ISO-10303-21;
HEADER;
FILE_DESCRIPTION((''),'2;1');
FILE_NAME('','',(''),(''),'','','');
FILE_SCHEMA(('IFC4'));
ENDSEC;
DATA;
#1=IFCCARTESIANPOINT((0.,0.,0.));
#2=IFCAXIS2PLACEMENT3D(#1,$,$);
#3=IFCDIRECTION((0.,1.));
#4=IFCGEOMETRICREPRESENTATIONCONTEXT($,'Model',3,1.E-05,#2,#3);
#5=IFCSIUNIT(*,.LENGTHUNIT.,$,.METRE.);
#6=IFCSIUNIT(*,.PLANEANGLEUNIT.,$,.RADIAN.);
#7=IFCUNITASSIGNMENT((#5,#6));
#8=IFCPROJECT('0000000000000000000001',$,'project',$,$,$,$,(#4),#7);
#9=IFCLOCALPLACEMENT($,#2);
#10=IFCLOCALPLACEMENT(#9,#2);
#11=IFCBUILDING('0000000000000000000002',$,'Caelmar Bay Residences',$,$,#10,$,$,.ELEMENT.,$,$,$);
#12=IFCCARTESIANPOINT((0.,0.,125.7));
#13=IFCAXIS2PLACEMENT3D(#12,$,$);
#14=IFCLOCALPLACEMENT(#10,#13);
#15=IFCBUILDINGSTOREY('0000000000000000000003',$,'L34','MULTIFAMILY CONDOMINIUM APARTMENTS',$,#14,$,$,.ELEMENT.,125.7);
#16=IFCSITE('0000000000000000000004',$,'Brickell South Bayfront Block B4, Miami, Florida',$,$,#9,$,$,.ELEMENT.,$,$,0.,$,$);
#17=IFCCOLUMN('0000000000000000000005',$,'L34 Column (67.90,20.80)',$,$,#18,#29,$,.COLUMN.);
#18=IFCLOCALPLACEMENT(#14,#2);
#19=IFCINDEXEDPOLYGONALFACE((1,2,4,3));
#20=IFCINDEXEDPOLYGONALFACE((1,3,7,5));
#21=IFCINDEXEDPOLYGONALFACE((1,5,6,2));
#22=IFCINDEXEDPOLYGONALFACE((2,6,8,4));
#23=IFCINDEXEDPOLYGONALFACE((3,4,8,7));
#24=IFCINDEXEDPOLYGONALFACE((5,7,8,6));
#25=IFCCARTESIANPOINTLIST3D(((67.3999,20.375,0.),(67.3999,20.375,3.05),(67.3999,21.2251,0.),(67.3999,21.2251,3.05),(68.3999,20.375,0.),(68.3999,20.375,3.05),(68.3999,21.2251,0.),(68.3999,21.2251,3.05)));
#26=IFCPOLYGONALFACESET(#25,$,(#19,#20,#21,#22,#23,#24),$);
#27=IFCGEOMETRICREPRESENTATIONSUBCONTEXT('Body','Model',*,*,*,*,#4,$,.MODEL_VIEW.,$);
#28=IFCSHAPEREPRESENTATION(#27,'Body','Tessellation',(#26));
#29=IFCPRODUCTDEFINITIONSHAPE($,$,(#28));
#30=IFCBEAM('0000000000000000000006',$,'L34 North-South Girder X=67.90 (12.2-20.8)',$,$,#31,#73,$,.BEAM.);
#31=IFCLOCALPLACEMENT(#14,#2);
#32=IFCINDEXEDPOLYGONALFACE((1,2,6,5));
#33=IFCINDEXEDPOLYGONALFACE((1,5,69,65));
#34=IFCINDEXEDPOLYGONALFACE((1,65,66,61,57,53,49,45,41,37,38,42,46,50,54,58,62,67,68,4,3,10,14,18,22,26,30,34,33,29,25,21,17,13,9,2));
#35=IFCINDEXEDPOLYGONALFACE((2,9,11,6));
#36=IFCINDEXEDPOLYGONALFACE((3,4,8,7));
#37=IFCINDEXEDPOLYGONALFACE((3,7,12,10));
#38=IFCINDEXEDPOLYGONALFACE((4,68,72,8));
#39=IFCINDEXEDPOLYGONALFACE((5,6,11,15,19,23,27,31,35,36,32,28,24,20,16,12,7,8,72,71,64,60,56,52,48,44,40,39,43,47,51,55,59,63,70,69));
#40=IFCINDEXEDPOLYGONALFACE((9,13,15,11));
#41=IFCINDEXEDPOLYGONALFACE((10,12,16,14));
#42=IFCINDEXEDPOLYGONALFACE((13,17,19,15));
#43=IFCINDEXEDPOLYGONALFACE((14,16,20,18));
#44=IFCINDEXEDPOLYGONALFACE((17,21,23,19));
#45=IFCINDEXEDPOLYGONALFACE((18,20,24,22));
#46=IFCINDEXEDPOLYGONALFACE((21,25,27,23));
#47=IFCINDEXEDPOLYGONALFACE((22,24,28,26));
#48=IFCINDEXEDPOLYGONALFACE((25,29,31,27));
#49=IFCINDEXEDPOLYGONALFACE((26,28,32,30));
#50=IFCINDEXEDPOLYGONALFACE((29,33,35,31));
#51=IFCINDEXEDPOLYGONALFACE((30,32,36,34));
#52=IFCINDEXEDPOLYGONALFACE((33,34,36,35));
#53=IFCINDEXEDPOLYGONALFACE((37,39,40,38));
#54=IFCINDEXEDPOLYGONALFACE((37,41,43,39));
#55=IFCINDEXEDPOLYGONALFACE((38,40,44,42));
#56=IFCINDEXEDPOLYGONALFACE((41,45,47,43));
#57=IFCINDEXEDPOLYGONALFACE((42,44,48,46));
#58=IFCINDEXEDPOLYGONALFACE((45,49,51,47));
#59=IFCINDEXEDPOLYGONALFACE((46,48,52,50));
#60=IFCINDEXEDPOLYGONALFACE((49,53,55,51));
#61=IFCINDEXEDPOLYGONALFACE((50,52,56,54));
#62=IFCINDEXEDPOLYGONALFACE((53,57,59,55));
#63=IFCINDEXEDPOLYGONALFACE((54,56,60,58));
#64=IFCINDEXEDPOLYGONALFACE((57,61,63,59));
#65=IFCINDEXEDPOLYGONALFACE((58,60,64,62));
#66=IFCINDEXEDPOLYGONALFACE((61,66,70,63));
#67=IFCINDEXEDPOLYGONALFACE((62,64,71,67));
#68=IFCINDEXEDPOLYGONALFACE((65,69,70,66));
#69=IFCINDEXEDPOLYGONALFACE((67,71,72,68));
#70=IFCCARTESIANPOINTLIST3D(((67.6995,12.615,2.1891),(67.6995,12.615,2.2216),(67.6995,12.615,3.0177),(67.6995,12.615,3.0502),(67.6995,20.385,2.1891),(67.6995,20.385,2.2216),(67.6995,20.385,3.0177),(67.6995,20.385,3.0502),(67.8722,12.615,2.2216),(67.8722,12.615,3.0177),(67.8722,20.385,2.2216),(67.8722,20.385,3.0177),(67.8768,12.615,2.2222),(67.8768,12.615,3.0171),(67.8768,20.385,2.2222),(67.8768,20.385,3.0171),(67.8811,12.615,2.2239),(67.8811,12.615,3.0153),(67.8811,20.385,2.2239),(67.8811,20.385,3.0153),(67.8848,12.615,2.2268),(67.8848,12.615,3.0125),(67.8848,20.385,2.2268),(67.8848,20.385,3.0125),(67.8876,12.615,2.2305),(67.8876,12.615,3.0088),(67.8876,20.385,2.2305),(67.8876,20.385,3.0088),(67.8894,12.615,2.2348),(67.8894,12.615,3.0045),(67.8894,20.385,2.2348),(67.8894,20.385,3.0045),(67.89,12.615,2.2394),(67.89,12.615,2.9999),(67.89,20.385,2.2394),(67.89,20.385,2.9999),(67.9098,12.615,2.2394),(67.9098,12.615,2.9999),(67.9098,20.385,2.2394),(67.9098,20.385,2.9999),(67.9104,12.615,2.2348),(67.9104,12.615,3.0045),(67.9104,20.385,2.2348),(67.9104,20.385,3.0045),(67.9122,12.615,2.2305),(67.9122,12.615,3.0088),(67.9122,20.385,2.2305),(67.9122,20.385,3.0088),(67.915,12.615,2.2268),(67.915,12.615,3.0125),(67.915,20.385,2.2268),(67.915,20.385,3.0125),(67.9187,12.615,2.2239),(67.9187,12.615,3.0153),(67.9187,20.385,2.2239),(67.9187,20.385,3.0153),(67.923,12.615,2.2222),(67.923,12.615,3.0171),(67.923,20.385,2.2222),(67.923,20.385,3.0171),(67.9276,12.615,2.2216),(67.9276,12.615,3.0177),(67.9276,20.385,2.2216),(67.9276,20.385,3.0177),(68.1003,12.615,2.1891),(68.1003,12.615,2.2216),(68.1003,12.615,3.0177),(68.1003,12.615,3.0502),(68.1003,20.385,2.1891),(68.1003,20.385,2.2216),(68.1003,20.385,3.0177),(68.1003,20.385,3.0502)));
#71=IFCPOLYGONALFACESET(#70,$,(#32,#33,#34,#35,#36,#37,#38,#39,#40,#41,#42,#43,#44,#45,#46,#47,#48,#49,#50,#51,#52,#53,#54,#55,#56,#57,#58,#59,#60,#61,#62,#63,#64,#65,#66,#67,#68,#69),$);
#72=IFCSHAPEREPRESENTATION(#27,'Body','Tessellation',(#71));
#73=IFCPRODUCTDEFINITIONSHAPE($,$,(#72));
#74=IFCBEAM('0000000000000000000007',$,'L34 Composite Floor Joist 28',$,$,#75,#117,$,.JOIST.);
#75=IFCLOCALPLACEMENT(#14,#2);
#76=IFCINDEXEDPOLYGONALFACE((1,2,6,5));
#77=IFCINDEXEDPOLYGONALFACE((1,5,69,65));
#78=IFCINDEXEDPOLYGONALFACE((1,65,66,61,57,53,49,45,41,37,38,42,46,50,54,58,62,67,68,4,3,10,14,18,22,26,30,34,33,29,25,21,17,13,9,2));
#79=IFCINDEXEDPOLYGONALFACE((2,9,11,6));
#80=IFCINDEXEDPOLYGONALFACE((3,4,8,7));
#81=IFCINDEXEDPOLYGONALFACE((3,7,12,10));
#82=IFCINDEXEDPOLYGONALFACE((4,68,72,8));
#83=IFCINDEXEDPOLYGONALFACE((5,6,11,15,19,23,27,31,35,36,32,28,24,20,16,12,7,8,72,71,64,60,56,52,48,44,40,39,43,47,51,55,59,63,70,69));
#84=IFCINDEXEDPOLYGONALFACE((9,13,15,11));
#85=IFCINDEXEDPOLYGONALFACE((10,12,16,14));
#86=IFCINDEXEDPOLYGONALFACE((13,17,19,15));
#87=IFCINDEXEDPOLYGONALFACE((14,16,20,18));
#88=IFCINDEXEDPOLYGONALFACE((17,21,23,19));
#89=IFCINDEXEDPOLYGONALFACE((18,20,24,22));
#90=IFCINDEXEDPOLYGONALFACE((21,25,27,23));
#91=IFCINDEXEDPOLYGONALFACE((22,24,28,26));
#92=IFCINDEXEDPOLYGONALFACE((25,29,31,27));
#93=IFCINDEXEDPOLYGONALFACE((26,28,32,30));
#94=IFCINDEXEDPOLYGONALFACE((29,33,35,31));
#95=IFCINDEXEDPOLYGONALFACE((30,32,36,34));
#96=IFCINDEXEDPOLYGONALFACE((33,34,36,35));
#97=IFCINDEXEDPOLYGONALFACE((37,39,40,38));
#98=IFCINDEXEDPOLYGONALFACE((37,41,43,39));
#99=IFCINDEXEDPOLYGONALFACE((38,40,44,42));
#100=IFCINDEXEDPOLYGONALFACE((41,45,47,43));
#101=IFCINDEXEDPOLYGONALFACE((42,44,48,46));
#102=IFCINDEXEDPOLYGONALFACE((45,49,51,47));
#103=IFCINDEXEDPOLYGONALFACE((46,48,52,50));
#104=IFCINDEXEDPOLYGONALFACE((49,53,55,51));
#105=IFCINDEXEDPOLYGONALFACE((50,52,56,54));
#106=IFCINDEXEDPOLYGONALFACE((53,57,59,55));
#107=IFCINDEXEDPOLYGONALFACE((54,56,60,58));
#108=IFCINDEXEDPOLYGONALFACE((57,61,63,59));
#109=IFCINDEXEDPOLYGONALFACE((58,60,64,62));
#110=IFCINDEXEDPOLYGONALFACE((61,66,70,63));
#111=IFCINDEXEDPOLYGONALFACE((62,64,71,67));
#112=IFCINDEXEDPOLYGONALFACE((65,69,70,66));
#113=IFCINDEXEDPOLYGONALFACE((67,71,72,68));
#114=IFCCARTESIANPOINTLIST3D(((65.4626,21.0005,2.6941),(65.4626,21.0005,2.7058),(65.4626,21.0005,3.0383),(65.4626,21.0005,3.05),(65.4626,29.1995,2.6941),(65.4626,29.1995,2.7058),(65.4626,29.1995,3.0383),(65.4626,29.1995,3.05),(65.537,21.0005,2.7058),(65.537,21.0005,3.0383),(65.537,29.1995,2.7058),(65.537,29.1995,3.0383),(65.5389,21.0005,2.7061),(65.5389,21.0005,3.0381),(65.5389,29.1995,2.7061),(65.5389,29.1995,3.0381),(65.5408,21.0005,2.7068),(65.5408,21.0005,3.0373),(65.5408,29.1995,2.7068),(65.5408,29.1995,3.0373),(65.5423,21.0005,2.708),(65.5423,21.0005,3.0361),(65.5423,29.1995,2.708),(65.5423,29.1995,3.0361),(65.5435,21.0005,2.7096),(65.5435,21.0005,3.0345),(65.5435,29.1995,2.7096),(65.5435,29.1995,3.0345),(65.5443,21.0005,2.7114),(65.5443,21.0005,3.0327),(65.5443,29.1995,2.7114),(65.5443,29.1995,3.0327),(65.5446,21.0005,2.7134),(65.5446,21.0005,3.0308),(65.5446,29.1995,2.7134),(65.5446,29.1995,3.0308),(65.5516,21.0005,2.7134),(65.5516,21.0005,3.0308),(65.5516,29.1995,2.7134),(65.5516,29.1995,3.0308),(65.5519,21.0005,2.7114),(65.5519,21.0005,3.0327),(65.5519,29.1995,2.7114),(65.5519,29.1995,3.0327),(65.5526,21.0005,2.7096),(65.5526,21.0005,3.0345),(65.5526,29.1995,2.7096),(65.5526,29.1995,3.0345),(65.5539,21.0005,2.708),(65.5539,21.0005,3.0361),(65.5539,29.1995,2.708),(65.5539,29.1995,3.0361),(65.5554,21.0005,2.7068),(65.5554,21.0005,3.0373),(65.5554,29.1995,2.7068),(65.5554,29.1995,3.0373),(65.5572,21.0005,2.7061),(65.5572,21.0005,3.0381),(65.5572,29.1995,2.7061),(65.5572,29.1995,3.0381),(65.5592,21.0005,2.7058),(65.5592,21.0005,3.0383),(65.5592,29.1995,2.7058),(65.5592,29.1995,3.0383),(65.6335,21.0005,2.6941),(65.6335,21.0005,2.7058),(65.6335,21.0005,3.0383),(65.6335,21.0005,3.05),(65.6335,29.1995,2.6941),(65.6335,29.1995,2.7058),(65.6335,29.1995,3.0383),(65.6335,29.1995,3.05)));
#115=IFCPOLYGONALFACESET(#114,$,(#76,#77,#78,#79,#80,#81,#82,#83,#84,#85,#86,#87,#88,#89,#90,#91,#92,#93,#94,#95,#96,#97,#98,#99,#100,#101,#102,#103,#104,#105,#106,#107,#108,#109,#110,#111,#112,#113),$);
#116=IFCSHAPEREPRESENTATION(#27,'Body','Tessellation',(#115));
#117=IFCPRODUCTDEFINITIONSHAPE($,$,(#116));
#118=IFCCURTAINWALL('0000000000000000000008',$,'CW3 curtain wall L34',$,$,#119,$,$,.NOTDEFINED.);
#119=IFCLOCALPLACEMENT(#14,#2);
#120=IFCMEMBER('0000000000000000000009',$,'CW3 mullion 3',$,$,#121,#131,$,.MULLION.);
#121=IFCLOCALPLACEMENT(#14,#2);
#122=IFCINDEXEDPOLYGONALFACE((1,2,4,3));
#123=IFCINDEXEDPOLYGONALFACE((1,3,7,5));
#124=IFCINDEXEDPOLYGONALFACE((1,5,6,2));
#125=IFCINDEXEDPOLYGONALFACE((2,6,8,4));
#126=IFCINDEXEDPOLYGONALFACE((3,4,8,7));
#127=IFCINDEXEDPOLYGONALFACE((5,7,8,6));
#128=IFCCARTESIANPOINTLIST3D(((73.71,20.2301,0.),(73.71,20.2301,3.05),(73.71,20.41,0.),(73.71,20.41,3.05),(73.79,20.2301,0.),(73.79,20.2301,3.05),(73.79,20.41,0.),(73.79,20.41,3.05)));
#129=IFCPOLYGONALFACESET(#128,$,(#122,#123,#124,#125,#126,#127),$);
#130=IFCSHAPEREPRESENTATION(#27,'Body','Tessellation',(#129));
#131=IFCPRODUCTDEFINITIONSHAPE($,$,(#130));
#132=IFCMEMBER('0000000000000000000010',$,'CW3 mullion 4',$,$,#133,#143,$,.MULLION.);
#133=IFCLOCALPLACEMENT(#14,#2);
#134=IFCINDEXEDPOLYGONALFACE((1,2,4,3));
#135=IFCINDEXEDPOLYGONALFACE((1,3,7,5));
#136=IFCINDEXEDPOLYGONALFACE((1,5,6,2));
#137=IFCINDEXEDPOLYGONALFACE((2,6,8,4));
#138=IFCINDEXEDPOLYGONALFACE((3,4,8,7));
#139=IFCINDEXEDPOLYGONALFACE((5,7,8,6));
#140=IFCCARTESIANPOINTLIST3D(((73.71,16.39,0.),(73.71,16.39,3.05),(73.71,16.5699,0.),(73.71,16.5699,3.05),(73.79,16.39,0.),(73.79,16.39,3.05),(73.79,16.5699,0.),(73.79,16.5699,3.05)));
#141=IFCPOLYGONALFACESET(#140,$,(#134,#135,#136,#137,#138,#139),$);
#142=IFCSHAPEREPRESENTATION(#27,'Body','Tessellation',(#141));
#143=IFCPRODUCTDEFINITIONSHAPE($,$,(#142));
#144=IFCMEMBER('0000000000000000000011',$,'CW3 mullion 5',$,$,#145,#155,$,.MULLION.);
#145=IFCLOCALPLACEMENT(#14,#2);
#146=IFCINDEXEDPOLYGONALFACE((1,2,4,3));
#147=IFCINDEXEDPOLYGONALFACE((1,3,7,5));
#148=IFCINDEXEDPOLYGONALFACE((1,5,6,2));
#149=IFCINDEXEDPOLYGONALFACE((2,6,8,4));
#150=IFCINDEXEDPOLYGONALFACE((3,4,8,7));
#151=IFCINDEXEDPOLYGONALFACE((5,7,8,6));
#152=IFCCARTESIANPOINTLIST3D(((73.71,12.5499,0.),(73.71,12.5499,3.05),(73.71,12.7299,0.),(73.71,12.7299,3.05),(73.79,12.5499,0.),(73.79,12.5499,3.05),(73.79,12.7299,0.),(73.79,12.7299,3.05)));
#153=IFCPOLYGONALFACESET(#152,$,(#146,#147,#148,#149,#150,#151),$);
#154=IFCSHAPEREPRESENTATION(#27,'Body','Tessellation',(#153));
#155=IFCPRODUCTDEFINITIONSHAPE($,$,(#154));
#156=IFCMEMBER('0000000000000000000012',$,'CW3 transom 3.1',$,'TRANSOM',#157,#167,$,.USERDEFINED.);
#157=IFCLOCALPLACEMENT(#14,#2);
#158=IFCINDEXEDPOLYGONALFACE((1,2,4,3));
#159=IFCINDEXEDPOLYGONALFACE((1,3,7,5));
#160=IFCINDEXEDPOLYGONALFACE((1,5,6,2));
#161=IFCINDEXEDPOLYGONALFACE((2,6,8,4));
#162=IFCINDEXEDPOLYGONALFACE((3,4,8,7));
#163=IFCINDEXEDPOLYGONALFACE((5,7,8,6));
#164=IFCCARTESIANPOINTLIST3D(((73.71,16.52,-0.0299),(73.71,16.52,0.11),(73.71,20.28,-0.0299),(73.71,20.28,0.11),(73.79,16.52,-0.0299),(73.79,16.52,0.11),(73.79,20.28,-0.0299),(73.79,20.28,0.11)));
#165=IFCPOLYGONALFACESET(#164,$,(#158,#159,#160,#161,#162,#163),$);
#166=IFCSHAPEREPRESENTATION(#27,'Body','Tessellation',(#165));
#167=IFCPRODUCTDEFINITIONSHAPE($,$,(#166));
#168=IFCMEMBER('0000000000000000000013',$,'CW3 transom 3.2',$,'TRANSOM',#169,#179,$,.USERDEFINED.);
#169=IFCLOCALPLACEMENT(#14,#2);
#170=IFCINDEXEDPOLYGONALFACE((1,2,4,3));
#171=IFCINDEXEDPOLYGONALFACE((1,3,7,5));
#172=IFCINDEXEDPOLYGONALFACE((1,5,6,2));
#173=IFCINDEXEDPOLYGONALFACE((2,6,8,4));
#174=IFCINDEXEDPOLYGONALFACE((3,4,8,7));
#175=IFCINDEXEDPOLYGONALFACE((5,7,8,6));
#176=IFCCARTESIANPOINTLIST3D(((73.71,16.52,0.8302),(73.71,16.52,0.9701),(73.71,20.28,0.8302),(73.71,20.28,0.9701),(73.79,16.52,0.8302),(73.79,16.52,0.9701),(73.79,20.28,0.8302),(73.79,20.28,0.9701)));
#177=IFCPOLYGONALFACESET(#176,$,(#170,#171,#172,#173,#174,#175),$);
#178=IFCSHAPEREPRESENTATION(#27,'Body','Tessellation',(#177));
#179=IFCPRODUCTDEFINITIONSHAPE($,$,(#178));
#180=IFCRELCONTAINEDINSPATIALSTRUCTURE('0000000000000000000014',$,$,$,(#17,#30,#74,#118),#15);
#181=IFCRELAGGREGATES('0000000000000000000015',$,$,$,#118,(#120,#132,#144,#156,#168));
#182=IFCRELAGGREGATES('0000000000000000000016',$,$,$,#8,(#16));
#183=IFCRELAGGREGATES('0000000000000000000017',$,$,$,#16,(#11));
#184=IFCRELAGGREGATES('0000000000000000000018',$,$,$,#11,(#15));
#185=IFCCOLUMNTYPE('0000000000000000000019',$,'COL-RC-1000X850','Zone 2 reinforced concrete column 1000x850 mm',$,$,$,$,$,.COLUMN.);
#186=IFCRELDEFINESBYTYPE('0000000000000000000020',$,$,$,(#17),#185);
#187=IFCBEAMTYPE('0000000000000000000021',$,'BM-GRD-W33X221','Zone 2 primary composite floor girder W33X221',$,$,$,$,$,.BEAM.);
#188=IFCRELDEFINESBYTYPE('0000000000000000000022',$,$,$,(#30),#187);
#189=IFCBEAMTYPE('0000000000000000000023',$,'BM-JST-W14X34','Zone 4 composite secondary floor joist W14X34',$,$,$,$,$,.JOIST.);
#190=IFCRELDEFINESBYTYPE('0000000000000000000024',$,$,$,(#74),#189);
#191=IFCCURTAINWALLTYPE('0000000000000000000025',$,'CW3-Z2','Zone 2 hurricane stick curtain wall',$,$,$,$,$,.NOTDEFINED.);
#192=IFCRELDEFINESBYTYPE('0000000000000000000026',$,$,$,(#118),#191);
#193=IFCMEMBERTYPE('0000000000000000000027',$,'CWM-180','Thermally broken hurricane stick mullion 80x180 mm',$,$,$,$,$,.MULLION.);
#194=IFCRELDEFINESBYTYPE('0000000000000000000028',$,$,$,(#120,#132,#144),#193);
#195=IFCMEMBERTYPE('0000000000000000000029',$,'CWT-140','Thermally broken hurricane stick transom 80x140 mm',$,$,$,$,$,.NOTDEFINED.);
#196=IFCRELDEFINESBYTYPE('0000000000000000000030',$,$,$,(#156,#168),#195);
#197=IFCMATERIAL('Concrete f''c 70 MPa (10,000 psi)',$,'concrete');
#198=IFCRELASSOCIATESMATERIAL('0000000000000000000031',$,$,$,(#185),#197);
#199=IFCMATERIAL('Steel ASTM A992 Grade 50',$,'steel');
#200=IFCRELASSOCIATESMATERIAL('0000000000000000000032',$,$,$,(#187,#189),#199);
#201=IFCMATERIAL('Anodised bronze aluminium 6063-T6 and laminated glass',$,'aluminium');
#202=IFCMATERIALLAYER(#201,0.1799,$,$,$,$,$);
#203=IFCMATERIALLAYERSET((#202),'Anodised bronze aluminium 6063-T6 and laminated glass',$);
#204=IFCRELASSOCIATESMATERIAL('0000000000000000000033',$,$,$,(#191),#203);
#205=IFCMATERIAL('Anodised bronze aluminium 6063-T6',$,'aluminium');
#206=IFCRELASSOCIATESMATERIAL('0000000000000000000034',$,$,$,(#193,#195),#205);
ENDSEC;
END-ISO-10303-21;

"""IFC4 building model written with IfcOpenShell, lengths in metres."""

from ifc_helpers import new_model, si_unit, direction, frame, origin, origin_2d, place, context, subcontext, project, spatial, rectangle, i_section, extrude, material, layer, layer_set, material_profile, profile_set, type_object, element, aggregate, save


model = new_model("IFC4")

# Units and contexts
model_context = context("Model", 3, precision=1e-05, world=origin(), true_north=direction((0.0, 1.0)))
body_context = subcontext(model_context, "Body", "Model", "MODEL_VIEW")
ifc_project = project(units=[si_unit("LENGTHUNIT", "METRE"), si_unit("PLANEANGLEUNIT", "RADIAN")], contexts=[model_context])

# Site, building, storey
site_placement = place(None, origin())
site = spatial("IfcSite", under=ifc_project, at=site_placement, Name="Brickell South Bayfront Block B4, Miami, Florida", CompositionType="ELEMENT", RefElevation=0.0)
building_placement = place(site_placement, origin())
building = spatial("IfcBuilding", under=site, at=building_placement, Name="Caelmar Bay Residences", CompositionType="ELEMENT")
storey_placement = place(building_placement, frame((0.0, 0.0, 125.7)))
storey = spatial("IfcBuildingStorey", under=building, at=storey_placement, Name="L34", Description="MULTIFAMILY CONDOMINIUM APARTMENTS", CompositionType="ELEMENT", Elevation=125.7)

# Column
ifc_material_1 = material(Name="Concrete f'c 70 MPa (10,000 psi)", Category="concrete")
ifc_material_profile_1 = material_profile(ifc_material_1, rectangle(XDim=1.0, YDim=0.8501, at=origin_2d()), Name="RC-COL-1000X850")
ifc_profile_set_1 = profile_set([ifc_material_profile_1], Name="Concrete f'c 70 MPa (10,000 psi)")
column_type = type_object("IfcColumnType", Name="COL-RC-1000X850", Description="Zone 2 reinforced concrete column 1000x850 mm", PredefinedType="COLUMN", material=ifc_profile_set_1)
column_placement = place(storey_placement, frame((67.8999, 20.8, 0.0), z_axis=(0.0, 0.0, 1.0), x_axis=(1.0, 0.0, 0.0)))
element("IfcColumn", 1, at=column_placement, inside=storey, type_object=column_type, Name="L34 Column (67.90,20.80)", PredefinedType="COLUMN", context=body_context, shape_type="SweptSolid", body=[
    extrude(rectangle(XDim=1.0, YDim=0.8501, at=origin_2d()), origin(), (0.0, 0.0, 1.0), 3.05),
])

# Beams
ifc_material_2 = material(Name="Steel ASTM A992 Grade 50", Category="steel")
ifc_material_profile_2 = material_profile(ifc_material_2, i_section(OverallWidth=0.4009, OverallDepth=0.8611, WebThickness=0.0198, FlangeThickness=0.0325, FilletRadius=0.0178, at=origin_2d()), Name="W33X221")
ifc_profile_set_2 = profile_set([ifc_material_profile_2], Name="Steel ASTM A992 Grade 50")
beam_type_1 = type_object("IfcBeamType", Name="BM-GRD-W33X221", Description="Zone 2 primary composite floor girder W33X221", PredefinedType="BEAM", material=ifc_profile_set_2)
beam_1_placement = place(storey_placement, frame((67.8999, 12.615, 2.6196), z_axis=(0.0, 1.0, 0.0), x_axis=(-1.0, 0.0, 0.0)))
element("IfcBeam", 2, at=beam_1_placement, inside=storey, type_object=beam_type_1, Name="L34 North-South Girder X=67.90 (12.2-20.8)", PredefinedType="BEAM", context=body_context, shape_type="SweptSolid", body=[
    extrude(i_section(OverallWidth=0.4009, OverallDepth=0.8611, WebThickness=0.0198, FlangeThickness=0.0325, FilletRadius=0.0178, at=origin_2d()), origin(), (0.0, 0.0, 1.0), 7.77),
])
ifc_material_profile_3 = material_profile(ifc_material_2, i_section(OverallWidth=0.1709, OverallDepth=0.356, WebThickness=0.0071, FlangeThickness=0.0117, FilletRadius=0.0076, at=origin_2d()), Name="W14X34")
ifc_profile_set_3 = profile_set([ifc_material_profile_3], Name="Steel ASTM A992 Grade 50")
beam_type_2 = type_object("IfcBeamType", Name="BM-JST-W14X34", Description="Zone 4 composite secondary floor joist W14X34", PredefinedType="JOIST", material=ifc_profile_set_3)
beam_2_placement = place(storey_placement, frame((65.5481, 21.0005, 2.8721), z_axis=(0.0, 1.0, 0.0), x_axis=(-1.0, 0.0, 0.0)))
element("IfcBeam", 3, at=beam_2_placement, inside=storey, type_object=beam_type_2, Name="L34 Composite Floor Joist 28", PredefinedType="JOIST", context=body_context, shape_type="SweptSolid", body=[
    extrude(i_section(OverallWidth=0.1709, OverallDepth=0.356, WebThickness=0.0071, FlangeThickness=0.0117, FilletRadius=0.0076, at=origin_2d()), origin(), (0.0, 0.0, 1.0), 8.199),
])

# Curtain wall, members
ifc_material_3 = material(Name="Anodised bronze aluminium 6063-T6 and laminated glass", Category="aluminium")
ifc_layer_1 = layer(ifc_material_3, 0.1799)
ifc_layer_set_1 = layer_set([ifc_layer_1], Name="Anodised bronze aluminium 6063-T6 and laminated glass")
curtain_wall_type = type_object("IfcCurtainWallType", Name="CW3-Z2", Description="Zone 2 hurricane stick curtain wall", PredefinedType="NOTDEFINED", material=ifc_layer_set_1)
curtain_wall_placement = place(storey_placement, origin())
curtain_wall = element("IfcCurtainWall", 4, at=curtain_wall_placement, inside=storey, type_object=curtain_wall_type, Name="CW3 curtain wall L34", PredefinedType="NOTDEFINED")
ifc_material_4 = material(Name="Anodised bronze aluminium 6063-T6", Category="aluminium")
ifc_material_profile_4 = material_profile(ifc_material_4, rectangle(XDim=0.0801, YDim=0.1799, at=origin_2d()), Name="CWM-80X180")
ifc_profile_set_4 = profile_set([ifc_material_profile_4], Name="Anodised bronze aluminium 6063-T6")
member_type_1 = type_object("IfcMemberType", Name="CWM-180", Description="Thermally broken hurricane stick mullion 80x180 mm", PredefinedType="MULLION", material=ifc_profile_set_4)
member_1_placement = place(storey_placement, frame((73.75, 20.3201, 0.0), z_axis=(0.0, 0.0, 1.0), x_axis=(1.0, 0.0, 0.0)))
member_1 = element("IfcMember", 5, at=member_1_placement, type_object=member_type_1, Name="CW3 mullion 3", PredefinedType="MULLION", context=body_context, shape_type="SweptSolid", body=[
    extrude(rectangle(XDim=0.0801, YDim=0.1799, at=origin_2d()), origin(), (0.0, 0.0, 1.0), 3.05),
])
member_2_placement = place(storey_placement, frame((73.75, 16.48, 0.0), z_axis=(0.0, 0.0, 1.0), x_axis=(1.0, 0.0, 0.0)))
member_2 = element("IfcMember", 6, at=member_2_placement, type_object=member_type_1, Name="CW3 mullion 4", PredefinedType="MULLION", context=body_context, shape_type="SweptSolid", body=[
    extrude(rectangle(XDim=0.0801, YDim=0.1799, at=origin_2d()), origin(), (0.0, 0.0, 1.0), 3.05),
])
member_3_placement = place(storey_placement, frame((73.75, 12.6399, 0.0), z_axis=(0.0, 0.0, 1.0), x_axis=(1.0, 0.0, 0.0)))
member_3 = element("IfcMember", 7, at=member_3_placement, type_object=member_type_1, Name="CW3 mullion 5", PredefinedType="MULLION", context=body_context, shape_type="SweptSolid", body=[
    extrude(rectangle(XDim=0.0801, YDim=0.1799, at=origin_2d()), origin(), (0.0, 0.0, 1.0), 3.05),
])
ifc_material_profile_5 = material_profile(ifc_material_4, rectangle(XDim=0.0801, YDim=0.1399, at=origin_2d()), Name="CWT-80X140")
ifc_profile_set_5 = profile_set([ifc_material_profile_5], Name="Anodised bronze aluminium 6063-T6")
member_type_2 = type_object("IfcMemberType", Name="CWT-140", Description="Thermally broken hurricane stick transom 80x140 mm", PredefinedType="NOTDEFINED", material=ifc_profile_set_5)
member_4_placement = place(storey_placement, frame((73.75, 20.28, 0.04), z_axis=(0.0, -1.0, 0.0), x_axis=(1.0, 0.0, 0.0)))
member_4 = element("IfcMember", 8, at=member_4_placement, type_object=member_type_2, Name="CW3 transom 3.1", ObjectType="TRANSOM", PredefinedType="USERDEFINED", context=body_context, shape_type="SweptSolid", body=[
    extrude(rectangle(XDim=0.0801, YDim=0.1399, at=origin_2d()), origin(), (0.0, 0.0, 1.0), 3.76),
])
member_5_placement = place(storey_placement, frame((73.75, 20.28, 0.9001), z_axis=(0.0, -1.0, 0.0), x_axis=(1.0, 0.0, 0.0)))
member_5 = element("IfcMember", 9, at=member_5_placement, type_object=member_type_2, Name="CW3 transom 3.2", ObjectType="TRANSOM", PredefinedType="USERDEFINED", context=body_context, shape_type="SweptSolid", body=[
    extrude(rectangle(XDim=0.0801, YDim=0.1399, at=origin_2d()), origin(), (0.0, 0.0, 1.0), 3.76),
])
aggregate(curtain_wall, [member_1, member_2, member_3, member_4, member_5])

save(model, "model.ifc")
